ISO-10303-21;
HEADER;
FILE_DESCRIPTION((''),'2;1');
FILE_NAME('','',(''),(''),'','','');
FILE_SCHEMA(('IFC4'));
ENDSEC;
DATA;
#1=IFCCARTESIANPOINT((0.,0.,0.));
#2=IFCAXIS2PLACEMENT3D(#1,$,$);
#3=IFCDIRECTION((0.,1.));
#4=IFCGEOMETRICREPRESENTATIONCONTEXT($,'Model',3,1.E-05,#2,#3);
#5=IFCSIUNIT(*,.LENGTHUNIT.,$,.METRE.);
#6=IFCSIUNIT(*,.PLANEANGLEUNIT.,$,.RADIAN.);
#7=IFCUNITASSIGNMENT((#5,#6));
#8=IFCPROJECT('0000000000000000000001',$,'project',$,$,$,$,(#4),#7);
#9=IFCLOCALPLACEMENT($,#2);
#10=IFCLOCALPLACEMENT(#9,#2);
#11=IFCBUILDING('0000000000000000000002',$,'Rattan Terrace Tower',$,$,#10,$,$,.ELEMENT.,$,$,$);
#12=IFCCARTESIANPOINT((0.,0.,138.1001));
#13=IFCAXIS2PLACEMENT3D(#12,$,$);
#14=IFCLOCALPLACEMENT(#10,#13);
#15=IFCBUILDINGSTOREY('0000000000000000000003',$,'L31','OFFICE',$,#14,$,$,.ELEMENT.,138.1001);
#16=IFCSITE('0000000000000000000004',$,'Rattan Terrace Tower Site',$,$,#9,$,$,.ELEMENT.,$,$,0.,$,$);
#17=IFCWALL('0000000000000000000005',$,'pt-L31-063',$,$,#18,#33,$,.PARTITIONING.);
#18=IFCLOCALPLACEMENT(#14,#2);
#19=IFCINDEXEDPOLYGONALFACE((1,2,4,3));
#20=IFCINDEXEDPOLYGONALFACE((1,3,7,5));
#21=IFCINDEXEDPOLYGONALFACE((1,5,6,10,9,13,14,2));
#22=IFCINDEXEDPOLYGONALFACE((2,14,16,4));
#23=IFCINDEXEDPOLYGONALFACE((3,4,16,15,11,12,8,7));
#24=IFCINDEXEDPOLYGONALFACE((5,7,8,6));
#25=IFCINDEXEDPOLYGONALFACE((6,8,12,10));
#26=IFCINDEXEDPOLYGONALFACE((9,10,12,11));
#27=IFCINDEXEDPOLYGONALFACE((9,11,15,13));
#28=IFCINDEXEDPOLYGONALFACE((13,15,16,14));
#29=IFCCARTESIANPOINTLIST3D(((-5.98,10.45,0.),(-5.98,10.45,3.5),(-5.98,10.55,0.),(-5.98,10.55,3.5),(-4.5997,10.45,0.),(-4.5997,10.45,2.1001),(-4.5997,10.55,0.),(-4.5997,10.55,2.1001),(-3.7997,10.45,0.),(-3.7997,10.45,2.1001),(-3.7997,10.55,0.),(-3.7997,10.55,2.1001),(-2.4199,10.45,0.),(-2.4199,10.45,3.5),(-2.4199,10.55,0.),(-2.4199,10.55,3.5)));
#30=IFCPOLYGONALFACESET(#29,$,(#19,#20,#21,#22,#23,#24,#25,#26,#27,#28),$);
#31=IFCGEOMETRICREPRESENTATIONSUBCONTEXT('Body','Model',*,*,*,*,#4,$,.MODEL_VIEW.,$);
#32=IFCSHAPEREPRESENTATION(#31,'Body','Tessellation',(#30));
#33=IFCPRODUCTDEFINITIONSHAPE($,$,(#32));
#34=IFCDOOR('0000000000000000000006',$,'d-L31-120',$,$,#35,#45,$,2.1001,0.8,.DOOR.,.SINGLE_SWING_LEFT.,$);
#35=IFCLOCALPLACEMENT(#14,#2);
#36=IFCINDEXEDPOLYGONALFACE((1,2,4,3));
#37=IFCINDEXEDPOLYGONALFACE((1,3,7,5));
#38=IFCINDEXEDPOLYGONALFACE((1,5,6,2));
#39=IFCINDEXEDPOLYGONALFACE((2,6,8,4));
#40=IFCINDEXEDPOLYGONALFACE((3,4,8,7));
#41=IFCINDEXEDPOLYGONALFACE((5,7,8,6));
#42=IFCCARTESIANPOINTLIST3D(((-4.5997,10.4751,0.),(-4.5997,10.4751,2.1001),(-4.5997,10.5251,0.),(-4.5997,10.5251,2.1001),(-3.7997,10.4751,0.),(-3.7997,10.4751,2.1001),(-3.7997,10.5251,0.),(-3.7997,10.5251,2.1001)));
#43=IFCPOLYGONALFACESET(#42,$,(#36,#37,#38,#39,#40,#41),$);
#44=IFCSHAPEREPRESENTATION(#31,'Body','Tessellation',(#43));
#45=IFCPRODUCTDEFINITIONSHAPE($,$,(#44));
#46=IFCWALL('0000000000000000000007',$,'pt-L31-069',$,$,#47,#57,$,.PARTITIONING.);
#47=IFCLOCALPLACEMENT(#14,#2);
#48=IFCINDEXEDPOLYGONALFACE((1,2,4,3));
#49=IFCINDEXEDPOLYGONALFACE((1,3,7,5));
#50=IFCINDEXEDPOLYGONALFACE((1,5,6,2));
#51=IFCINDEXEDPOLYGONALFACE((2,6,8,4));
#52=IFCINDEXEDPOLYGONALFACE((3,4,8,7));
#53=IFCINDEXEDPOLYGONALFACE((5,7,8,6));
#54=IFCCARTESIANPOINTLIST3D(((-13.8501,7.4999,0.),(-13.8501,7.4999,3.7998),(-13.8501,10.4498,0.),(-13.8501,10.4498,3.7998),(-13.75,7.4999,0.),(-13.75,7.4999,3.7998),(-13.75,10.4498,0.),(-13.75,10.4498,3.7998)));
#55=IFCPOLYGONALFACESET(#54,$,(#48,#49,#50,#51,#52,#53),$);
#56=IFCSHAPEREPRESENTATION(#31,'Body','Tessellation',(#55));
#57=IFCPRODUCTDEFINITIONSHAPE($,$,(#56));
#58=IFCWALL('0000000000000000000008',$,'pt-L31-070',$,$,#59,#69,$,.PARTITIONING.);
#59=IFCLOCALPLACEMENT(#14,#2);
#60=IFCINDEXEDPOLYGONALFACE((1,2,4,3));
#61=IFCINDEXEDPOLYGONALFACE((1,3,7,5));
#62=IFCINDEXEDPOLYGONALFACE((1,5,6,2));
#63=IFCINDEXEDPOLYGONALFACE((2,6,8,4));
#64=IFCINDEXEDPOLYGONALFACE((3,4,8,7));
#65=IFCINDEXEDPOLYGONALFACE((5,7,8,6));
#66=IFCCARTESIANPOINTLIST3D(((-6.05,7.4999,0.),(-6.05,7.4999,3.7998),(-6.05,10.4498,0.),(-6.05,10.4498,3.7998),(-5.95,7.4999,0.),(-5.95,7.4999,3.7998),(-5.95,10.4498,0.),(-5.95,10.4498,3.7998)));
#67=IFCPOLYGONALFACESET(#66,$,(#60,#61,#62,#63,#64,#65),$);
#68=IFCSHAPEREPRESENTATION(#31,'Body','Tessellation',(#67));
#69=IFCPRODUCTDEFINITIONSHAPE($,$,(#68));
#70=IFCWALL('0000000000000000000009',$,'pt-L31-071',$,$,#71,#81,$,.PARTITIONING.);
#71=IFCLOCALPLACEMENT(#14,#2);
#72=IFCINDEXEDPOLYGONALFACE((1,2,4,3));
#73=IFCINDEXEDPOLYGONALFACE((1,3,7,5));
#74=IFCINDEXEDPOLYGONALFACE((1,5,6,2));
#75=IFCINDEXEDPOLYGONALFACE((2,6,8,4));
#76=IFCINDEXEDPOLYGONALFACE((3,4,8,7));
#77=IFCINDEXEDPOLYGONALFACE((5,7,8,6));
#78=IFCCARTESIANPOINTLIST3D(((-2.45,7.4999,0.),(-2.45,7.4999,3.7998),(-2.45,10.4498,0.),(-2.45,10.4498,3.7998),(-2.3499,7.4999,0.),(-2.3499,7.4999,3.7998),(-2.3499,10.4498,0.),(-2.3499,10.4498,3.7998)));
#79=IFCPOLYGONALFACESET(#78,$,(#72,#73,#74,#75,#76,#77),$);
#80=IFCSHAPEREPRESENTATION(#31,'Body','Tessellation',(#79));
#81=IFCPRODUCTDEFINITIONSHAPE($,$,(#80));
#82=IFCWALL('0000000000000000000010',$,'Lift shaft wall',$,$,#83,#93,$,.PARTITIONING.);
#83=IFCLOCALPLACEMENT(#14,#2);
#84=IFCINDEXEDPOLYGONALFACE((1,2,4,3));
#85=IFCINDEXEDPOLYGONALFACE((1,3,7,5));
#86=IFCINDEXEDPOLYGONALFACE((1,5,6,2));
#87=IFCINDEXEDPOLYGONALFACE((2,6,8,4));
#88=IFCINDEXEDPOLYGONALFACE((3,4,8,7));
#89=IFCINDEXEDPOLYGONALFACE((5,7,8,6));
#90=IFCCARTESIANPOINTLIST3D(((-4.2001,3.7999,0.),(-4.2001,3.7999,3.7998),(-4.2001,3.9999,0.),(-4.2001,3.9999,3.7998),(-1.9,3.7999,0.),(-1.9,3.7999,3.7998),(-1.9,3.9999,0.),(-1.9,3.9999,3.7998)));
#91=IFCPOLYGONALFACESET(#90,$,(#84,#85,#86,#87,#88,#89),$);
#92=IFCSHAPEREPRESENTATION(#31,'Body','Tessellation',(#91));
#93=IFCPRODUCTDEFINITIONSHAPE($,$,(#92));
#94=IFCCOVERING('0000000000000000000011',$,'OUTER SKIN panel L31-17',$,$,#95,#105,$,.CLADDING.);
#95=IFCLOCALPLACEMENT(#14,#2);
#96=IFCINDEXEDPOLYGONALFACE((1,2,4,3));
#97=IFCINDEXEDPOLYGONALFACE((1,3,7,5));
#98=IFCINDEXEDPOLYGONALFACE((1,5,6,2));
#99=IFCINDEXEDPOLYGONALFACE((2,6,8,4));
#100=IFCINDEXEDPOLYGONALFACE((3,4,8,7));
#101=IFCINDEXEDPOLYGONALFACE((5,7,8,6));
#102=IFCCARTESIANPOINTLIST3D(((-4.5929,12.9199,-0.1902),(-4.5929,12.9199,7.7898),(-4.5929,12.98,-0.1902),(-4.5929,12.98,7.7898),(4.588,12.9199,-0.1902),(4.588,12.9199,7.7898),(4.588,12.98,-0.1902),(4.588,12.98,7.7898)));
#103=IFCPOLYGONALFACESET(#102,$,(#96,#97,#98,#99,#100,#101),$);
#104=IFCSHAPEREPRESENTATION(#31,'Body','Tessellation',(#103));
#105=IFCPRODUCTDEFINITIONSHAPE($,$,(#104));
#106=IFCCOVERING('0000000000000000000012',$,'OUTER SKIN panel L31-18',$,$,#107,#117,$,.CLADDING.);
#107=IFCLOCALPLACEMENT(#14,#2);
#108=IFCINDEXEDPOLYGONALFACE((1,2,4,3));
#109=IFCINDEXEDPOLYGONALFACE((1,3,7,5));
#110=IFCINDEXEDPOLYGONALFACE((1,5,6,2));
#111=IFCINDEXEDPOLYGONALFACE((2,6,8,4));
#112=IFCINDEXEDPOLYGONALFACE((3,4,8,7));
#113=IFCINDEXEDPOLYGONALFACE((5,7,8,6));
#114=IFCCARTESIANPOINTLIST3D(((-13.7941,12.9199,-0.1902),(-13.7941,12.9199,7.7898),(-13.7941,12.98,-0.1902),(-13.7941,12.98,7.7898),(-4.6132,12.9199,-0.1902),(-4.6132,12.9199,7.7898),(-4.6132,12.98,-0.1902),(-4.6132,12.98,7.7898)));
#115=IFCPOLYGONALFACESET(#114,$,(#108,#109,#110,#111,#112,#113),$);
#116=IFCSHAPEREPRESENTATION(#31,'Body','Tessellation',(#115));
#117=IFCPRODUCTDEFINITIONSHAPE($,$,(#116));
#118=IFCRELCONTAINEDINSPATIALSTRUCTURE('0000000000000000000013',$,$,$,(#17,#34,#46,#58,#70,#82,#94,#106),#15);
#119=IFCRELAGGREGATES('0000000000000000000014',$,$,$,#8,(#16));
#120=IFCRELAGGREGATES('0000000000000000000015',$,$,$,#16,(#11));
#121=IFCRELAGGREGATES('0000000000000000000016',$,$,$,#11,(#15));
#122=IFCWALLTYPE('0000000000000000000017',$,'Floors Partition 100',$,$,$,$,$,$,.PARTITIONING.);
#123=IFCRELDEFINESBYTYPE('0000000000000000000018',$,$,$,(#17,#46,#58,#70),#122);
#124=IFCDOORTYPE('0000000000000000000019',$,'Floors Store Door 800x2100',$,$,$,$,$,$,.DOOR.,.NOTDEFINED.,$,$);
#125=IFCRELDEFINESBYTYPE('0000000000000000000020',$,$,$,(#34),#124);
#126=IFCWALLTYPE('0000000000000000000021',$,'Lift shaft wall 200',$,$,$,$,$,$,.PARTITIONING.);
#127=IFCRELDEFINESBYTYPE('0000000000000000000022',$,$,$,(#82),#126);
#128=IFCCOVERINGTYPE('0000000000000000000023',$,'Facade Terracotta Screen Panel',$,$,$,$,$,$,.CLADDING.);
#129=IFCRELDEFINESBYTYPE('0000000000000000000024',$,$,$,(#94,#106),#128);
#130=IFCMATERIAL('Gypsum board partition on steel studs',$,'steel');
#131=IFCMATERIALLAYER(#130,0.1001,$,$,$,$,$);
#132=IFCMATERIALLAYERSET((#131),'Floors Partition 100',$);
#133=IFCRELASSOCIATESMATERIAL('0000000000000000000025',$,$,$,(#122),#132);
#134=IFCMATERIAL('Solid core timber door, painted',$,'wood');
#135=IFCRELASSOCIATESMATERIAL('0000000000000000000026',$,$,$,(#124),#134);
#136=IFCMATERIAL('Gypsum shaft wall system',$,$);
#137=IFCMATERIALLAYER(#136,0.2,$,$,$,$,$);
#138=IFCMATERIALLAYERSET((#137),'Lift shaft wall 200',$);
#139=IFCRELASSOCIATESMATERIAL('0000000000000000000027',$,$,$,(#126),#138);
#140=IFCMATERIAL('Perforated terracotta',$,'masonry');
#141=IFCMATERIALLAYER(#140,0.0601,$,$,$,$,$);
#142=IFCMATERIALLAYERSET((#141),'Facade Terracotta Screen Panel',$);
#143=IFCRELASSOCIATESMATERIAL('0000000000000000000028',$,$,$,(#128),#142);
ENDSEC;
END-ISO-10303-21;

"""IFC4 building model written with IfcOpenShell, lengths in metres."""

from ifc_helpers import new_model, si_unit, direction, frame, frame_2d, origin, origin_2d, place, context, subcontext, project, spatial, rectangle, extrude, material, layer, layer_set, type_object, element, fill, save


model = new_model("IFC4")

# Units and contexts
model_context = context("Model", 3, precision=1e-05, world=origin(), true_north=direction((0.0, 1.0)))
body_context = subcontext(model_context, "Body", "Model", "MODEL_VIEW")
ifc_project = project(units=[si_unit("LENGTHUNIT", "METRE"), si_unit("PLANEANGLEUNIT", "RADIAN")], contexts=[model_context])

# Site, building, storey
site_placement = place(None, origin())
site = spatial("IfcSite", under=ifc_project, at=site_placement, Name="Rattan Terrace Tower Site", CompositionType="ELEMENT", RefElevation=0.0)
building_placement = place(site_placement, origin())
building = spatial("IfcBuilding", under=site, at=building_placement, Name="Rattan Terrace Tower", CompositionType="ELEMENT")
storey_placement = place(building_placement, frame((0.0, 0.0, 138.1001)))
storey = spatial("IfcBuildingStorey", under=building, at=storey_placement, Name="L31", Description="OFFICE", CompositionType="ELEMENT", Elevation=138.1001)

# Wall, opening, door
ifc_material_1 = material(Name="Gypsum board partition on steel studs", Category="steel")
ifc_layer_1 = layer(ifc_material_1, 0.1001)
ifc_layer_set_1 = layer_set([ifc_layer_1], Name="Floors Partition 100")
wall_type_1 = type_object("IfcWallType", Name="Floors Partition 100", PredefinedType="PARTITIONING", material=ifc_layer_set_1)
ifc_material_2 = material(Name="Solid core timber door, painted", Category="wood")
door_type_1 = type_object("IfcDoorType", Name="Floors Store Door 800x2100", OperationType="NOTDEFINED", PredefinedType="DOOR", material=ifc_material_2)
wall_1_placement = place(storey_placement, frame((-2.4199, 10.5, 0.0), z_axis=(0.0, 0.0, 1.0), x_axis=(-1.0, 0.0, 0.0)))
wall_1 = element("IfcWall", 1, at=wall_1_placement, inside=storey, type_object=wall_type_1, Name="pt-L31-063", PredefinedType="PARTITIONING", context=body_context, shape_type="SweptSolid", body=[
    extrude(rectangle(XDim=3.5601, YDim=0.1001, at=frame_2d((1.78, 0.0))), origin(), (0.0, 0.0, 1.0), 3.5),
])
opening_1_placement = place(wall_1_placement, frame((1.3799, 0.0, 0.0)))
opening_1 = element("IfcOpeningElement", 2, at=opening_1_placement, cuts=wall_1, PredefinedType="OPENING", context=body_context, shape_type="SweptSolid", body=[
    extrude(rectangle(XDim=0.8, YDim=2.1001, at=frame_2d((0.3999, 1.05))), frame((0.0, 0.0605, 0.0), z_axis=(0.0, -1.0, 0.0), x_axis=(1.0, 0.0, 0.0)), (0.0, 0.0, 1.0), 0.1211),
])
door_1_placement = place(opening_1_placement, origin())
door_1 = element("IfcDoor", 3, at=door_1_placement, inside=storey, type_object=door_type_1, Name="d-L31-120", OperationType="SINGLE_SWING_LEFT", OverallHeight=2.1001, OverallWidth=0.8, PredefinedType="DOOR", context=body_context, shape_type="SweptSolid", body=[
    extrude(rectangle(XDim=0.8, YDim=2.1001, at=frame_2d((0.3999, 1.05))), frame((0.0, 0.0249, 0.0), z_axis=(0.0, -1.0, 0.0), x_axis=(1.0, 0.0, 0.0)), (0.0, 0.0, 1.0), 0.05),
])
fill(opening_1, door_1)

# Walls
for number, where, z_axis, x_axis, name in (
    (4, (-13.8, 10.45, 0.0), (0.0, 0.0, 1.0), (0.0, -1.0, 0.0), "pt-L31-069"),
    (5, (-6.0, 10.45, 0.0), (0.0, 0.0, 1.0), (0.0, -1.0, 0.0), "pt-L31-070"),
    (6, (-2.3999, 10.45, 0.0), (0.0, 0.0, 1.0), (0.0, -1.0, 0.0), "pt-L31-071"),
):
    element("IfcWall", number, at=place(storey_placement, frame(where, z_axis=z_axis, x_axis=x_axis)), inside=storey, type_object=wall_type_1, Name=name, PredefinedType="PARTITIONING", context=body_context, shape_type="SweptSolid", body=[
        extrude(rectangle(XDim=2.95, YDim=0.1001, at=frame_2d((1.4751, 0.0))), origin(), (0.0, 0.0, 1.0), 3.7998),
    ])
ifc_material_3 = material(Name="Gypsum shaft wall system")
ifc_layer_2 = layer(ifc_material_3, 0.2)
ifc_layer_set_2 = layer_set([ifc_layer_2], Name="Lift shaft wall 200")
wall_type_2 = type_object("IfcWallType", Name="Lift shaft wall 200", PredefinedType="PARTITIONING", material=ifc_layer_set_2)
wall_2_placement = place(storey_placement, frame((-4.2, 3.8999, 0.0), z_axis=(0.0, 0.0, 1.0), x_axis=(1.0, 0.0, 0.0)))
element("IfcWall", 7, at=wall_2_placement, inside=storey, type_object=wall_type_2, Name="Lift shaft wall", PredefinedType="PARTITIONING", context=body_context, shape_type="SweptSolid", body=[
    extrude(rectangle(XDim=2.3, YDim=0.2, at=frame_2d((1.1499, 0.0))), origin(), (0.0, 0.0, 1.0), 3.7998),
])

# Coverings
ifc_material_4 = material(Name="Perforated terracotta", Category="masonry")
ifc_layer_3 = layer(ifc_material_4, 0.0601)
ifc_layer_set_3 = layer_set([ifc_layer_3], Name="Facade Terracotta Screen Panel")
covering_type = type_object("IfcCoveringType", Name="Facade Terracotta Screen Panel", PredefinedType="CLADDING", material=ifc_layer_set_3)
for number, where, z_axis, x_axis, name in (
    (8, (-0.0024, 12.95, -0.1902), (0.0, 0.0, 1.0), (-1.0, 0.0, 0.0), "OUTER SKIN panel L31-17"),
    (9, (-9.2036, 12.95, -0.1902), (0.0, 0.0, 1.0), (-1.0, 0.0, 0.0), "OUTER SKIN panel L31-18"),
):
    element("IfcCovering", number, at=place(storey_placement, frame(where, z_axis=z_axis, x_axis=x_axis)), inside=storey, type_object=covering_type, Name=name, PredefinedType="CLADDING", context=body_context, shape_type="SweptSolid", body=[
        extrude(rectangle(XDim=9.1809, YDim=0.0601, at=origin_2d()), origin(), (0.0, 0.0, 1.0), 7.98),
    ])

save(model, "model.ifc")
